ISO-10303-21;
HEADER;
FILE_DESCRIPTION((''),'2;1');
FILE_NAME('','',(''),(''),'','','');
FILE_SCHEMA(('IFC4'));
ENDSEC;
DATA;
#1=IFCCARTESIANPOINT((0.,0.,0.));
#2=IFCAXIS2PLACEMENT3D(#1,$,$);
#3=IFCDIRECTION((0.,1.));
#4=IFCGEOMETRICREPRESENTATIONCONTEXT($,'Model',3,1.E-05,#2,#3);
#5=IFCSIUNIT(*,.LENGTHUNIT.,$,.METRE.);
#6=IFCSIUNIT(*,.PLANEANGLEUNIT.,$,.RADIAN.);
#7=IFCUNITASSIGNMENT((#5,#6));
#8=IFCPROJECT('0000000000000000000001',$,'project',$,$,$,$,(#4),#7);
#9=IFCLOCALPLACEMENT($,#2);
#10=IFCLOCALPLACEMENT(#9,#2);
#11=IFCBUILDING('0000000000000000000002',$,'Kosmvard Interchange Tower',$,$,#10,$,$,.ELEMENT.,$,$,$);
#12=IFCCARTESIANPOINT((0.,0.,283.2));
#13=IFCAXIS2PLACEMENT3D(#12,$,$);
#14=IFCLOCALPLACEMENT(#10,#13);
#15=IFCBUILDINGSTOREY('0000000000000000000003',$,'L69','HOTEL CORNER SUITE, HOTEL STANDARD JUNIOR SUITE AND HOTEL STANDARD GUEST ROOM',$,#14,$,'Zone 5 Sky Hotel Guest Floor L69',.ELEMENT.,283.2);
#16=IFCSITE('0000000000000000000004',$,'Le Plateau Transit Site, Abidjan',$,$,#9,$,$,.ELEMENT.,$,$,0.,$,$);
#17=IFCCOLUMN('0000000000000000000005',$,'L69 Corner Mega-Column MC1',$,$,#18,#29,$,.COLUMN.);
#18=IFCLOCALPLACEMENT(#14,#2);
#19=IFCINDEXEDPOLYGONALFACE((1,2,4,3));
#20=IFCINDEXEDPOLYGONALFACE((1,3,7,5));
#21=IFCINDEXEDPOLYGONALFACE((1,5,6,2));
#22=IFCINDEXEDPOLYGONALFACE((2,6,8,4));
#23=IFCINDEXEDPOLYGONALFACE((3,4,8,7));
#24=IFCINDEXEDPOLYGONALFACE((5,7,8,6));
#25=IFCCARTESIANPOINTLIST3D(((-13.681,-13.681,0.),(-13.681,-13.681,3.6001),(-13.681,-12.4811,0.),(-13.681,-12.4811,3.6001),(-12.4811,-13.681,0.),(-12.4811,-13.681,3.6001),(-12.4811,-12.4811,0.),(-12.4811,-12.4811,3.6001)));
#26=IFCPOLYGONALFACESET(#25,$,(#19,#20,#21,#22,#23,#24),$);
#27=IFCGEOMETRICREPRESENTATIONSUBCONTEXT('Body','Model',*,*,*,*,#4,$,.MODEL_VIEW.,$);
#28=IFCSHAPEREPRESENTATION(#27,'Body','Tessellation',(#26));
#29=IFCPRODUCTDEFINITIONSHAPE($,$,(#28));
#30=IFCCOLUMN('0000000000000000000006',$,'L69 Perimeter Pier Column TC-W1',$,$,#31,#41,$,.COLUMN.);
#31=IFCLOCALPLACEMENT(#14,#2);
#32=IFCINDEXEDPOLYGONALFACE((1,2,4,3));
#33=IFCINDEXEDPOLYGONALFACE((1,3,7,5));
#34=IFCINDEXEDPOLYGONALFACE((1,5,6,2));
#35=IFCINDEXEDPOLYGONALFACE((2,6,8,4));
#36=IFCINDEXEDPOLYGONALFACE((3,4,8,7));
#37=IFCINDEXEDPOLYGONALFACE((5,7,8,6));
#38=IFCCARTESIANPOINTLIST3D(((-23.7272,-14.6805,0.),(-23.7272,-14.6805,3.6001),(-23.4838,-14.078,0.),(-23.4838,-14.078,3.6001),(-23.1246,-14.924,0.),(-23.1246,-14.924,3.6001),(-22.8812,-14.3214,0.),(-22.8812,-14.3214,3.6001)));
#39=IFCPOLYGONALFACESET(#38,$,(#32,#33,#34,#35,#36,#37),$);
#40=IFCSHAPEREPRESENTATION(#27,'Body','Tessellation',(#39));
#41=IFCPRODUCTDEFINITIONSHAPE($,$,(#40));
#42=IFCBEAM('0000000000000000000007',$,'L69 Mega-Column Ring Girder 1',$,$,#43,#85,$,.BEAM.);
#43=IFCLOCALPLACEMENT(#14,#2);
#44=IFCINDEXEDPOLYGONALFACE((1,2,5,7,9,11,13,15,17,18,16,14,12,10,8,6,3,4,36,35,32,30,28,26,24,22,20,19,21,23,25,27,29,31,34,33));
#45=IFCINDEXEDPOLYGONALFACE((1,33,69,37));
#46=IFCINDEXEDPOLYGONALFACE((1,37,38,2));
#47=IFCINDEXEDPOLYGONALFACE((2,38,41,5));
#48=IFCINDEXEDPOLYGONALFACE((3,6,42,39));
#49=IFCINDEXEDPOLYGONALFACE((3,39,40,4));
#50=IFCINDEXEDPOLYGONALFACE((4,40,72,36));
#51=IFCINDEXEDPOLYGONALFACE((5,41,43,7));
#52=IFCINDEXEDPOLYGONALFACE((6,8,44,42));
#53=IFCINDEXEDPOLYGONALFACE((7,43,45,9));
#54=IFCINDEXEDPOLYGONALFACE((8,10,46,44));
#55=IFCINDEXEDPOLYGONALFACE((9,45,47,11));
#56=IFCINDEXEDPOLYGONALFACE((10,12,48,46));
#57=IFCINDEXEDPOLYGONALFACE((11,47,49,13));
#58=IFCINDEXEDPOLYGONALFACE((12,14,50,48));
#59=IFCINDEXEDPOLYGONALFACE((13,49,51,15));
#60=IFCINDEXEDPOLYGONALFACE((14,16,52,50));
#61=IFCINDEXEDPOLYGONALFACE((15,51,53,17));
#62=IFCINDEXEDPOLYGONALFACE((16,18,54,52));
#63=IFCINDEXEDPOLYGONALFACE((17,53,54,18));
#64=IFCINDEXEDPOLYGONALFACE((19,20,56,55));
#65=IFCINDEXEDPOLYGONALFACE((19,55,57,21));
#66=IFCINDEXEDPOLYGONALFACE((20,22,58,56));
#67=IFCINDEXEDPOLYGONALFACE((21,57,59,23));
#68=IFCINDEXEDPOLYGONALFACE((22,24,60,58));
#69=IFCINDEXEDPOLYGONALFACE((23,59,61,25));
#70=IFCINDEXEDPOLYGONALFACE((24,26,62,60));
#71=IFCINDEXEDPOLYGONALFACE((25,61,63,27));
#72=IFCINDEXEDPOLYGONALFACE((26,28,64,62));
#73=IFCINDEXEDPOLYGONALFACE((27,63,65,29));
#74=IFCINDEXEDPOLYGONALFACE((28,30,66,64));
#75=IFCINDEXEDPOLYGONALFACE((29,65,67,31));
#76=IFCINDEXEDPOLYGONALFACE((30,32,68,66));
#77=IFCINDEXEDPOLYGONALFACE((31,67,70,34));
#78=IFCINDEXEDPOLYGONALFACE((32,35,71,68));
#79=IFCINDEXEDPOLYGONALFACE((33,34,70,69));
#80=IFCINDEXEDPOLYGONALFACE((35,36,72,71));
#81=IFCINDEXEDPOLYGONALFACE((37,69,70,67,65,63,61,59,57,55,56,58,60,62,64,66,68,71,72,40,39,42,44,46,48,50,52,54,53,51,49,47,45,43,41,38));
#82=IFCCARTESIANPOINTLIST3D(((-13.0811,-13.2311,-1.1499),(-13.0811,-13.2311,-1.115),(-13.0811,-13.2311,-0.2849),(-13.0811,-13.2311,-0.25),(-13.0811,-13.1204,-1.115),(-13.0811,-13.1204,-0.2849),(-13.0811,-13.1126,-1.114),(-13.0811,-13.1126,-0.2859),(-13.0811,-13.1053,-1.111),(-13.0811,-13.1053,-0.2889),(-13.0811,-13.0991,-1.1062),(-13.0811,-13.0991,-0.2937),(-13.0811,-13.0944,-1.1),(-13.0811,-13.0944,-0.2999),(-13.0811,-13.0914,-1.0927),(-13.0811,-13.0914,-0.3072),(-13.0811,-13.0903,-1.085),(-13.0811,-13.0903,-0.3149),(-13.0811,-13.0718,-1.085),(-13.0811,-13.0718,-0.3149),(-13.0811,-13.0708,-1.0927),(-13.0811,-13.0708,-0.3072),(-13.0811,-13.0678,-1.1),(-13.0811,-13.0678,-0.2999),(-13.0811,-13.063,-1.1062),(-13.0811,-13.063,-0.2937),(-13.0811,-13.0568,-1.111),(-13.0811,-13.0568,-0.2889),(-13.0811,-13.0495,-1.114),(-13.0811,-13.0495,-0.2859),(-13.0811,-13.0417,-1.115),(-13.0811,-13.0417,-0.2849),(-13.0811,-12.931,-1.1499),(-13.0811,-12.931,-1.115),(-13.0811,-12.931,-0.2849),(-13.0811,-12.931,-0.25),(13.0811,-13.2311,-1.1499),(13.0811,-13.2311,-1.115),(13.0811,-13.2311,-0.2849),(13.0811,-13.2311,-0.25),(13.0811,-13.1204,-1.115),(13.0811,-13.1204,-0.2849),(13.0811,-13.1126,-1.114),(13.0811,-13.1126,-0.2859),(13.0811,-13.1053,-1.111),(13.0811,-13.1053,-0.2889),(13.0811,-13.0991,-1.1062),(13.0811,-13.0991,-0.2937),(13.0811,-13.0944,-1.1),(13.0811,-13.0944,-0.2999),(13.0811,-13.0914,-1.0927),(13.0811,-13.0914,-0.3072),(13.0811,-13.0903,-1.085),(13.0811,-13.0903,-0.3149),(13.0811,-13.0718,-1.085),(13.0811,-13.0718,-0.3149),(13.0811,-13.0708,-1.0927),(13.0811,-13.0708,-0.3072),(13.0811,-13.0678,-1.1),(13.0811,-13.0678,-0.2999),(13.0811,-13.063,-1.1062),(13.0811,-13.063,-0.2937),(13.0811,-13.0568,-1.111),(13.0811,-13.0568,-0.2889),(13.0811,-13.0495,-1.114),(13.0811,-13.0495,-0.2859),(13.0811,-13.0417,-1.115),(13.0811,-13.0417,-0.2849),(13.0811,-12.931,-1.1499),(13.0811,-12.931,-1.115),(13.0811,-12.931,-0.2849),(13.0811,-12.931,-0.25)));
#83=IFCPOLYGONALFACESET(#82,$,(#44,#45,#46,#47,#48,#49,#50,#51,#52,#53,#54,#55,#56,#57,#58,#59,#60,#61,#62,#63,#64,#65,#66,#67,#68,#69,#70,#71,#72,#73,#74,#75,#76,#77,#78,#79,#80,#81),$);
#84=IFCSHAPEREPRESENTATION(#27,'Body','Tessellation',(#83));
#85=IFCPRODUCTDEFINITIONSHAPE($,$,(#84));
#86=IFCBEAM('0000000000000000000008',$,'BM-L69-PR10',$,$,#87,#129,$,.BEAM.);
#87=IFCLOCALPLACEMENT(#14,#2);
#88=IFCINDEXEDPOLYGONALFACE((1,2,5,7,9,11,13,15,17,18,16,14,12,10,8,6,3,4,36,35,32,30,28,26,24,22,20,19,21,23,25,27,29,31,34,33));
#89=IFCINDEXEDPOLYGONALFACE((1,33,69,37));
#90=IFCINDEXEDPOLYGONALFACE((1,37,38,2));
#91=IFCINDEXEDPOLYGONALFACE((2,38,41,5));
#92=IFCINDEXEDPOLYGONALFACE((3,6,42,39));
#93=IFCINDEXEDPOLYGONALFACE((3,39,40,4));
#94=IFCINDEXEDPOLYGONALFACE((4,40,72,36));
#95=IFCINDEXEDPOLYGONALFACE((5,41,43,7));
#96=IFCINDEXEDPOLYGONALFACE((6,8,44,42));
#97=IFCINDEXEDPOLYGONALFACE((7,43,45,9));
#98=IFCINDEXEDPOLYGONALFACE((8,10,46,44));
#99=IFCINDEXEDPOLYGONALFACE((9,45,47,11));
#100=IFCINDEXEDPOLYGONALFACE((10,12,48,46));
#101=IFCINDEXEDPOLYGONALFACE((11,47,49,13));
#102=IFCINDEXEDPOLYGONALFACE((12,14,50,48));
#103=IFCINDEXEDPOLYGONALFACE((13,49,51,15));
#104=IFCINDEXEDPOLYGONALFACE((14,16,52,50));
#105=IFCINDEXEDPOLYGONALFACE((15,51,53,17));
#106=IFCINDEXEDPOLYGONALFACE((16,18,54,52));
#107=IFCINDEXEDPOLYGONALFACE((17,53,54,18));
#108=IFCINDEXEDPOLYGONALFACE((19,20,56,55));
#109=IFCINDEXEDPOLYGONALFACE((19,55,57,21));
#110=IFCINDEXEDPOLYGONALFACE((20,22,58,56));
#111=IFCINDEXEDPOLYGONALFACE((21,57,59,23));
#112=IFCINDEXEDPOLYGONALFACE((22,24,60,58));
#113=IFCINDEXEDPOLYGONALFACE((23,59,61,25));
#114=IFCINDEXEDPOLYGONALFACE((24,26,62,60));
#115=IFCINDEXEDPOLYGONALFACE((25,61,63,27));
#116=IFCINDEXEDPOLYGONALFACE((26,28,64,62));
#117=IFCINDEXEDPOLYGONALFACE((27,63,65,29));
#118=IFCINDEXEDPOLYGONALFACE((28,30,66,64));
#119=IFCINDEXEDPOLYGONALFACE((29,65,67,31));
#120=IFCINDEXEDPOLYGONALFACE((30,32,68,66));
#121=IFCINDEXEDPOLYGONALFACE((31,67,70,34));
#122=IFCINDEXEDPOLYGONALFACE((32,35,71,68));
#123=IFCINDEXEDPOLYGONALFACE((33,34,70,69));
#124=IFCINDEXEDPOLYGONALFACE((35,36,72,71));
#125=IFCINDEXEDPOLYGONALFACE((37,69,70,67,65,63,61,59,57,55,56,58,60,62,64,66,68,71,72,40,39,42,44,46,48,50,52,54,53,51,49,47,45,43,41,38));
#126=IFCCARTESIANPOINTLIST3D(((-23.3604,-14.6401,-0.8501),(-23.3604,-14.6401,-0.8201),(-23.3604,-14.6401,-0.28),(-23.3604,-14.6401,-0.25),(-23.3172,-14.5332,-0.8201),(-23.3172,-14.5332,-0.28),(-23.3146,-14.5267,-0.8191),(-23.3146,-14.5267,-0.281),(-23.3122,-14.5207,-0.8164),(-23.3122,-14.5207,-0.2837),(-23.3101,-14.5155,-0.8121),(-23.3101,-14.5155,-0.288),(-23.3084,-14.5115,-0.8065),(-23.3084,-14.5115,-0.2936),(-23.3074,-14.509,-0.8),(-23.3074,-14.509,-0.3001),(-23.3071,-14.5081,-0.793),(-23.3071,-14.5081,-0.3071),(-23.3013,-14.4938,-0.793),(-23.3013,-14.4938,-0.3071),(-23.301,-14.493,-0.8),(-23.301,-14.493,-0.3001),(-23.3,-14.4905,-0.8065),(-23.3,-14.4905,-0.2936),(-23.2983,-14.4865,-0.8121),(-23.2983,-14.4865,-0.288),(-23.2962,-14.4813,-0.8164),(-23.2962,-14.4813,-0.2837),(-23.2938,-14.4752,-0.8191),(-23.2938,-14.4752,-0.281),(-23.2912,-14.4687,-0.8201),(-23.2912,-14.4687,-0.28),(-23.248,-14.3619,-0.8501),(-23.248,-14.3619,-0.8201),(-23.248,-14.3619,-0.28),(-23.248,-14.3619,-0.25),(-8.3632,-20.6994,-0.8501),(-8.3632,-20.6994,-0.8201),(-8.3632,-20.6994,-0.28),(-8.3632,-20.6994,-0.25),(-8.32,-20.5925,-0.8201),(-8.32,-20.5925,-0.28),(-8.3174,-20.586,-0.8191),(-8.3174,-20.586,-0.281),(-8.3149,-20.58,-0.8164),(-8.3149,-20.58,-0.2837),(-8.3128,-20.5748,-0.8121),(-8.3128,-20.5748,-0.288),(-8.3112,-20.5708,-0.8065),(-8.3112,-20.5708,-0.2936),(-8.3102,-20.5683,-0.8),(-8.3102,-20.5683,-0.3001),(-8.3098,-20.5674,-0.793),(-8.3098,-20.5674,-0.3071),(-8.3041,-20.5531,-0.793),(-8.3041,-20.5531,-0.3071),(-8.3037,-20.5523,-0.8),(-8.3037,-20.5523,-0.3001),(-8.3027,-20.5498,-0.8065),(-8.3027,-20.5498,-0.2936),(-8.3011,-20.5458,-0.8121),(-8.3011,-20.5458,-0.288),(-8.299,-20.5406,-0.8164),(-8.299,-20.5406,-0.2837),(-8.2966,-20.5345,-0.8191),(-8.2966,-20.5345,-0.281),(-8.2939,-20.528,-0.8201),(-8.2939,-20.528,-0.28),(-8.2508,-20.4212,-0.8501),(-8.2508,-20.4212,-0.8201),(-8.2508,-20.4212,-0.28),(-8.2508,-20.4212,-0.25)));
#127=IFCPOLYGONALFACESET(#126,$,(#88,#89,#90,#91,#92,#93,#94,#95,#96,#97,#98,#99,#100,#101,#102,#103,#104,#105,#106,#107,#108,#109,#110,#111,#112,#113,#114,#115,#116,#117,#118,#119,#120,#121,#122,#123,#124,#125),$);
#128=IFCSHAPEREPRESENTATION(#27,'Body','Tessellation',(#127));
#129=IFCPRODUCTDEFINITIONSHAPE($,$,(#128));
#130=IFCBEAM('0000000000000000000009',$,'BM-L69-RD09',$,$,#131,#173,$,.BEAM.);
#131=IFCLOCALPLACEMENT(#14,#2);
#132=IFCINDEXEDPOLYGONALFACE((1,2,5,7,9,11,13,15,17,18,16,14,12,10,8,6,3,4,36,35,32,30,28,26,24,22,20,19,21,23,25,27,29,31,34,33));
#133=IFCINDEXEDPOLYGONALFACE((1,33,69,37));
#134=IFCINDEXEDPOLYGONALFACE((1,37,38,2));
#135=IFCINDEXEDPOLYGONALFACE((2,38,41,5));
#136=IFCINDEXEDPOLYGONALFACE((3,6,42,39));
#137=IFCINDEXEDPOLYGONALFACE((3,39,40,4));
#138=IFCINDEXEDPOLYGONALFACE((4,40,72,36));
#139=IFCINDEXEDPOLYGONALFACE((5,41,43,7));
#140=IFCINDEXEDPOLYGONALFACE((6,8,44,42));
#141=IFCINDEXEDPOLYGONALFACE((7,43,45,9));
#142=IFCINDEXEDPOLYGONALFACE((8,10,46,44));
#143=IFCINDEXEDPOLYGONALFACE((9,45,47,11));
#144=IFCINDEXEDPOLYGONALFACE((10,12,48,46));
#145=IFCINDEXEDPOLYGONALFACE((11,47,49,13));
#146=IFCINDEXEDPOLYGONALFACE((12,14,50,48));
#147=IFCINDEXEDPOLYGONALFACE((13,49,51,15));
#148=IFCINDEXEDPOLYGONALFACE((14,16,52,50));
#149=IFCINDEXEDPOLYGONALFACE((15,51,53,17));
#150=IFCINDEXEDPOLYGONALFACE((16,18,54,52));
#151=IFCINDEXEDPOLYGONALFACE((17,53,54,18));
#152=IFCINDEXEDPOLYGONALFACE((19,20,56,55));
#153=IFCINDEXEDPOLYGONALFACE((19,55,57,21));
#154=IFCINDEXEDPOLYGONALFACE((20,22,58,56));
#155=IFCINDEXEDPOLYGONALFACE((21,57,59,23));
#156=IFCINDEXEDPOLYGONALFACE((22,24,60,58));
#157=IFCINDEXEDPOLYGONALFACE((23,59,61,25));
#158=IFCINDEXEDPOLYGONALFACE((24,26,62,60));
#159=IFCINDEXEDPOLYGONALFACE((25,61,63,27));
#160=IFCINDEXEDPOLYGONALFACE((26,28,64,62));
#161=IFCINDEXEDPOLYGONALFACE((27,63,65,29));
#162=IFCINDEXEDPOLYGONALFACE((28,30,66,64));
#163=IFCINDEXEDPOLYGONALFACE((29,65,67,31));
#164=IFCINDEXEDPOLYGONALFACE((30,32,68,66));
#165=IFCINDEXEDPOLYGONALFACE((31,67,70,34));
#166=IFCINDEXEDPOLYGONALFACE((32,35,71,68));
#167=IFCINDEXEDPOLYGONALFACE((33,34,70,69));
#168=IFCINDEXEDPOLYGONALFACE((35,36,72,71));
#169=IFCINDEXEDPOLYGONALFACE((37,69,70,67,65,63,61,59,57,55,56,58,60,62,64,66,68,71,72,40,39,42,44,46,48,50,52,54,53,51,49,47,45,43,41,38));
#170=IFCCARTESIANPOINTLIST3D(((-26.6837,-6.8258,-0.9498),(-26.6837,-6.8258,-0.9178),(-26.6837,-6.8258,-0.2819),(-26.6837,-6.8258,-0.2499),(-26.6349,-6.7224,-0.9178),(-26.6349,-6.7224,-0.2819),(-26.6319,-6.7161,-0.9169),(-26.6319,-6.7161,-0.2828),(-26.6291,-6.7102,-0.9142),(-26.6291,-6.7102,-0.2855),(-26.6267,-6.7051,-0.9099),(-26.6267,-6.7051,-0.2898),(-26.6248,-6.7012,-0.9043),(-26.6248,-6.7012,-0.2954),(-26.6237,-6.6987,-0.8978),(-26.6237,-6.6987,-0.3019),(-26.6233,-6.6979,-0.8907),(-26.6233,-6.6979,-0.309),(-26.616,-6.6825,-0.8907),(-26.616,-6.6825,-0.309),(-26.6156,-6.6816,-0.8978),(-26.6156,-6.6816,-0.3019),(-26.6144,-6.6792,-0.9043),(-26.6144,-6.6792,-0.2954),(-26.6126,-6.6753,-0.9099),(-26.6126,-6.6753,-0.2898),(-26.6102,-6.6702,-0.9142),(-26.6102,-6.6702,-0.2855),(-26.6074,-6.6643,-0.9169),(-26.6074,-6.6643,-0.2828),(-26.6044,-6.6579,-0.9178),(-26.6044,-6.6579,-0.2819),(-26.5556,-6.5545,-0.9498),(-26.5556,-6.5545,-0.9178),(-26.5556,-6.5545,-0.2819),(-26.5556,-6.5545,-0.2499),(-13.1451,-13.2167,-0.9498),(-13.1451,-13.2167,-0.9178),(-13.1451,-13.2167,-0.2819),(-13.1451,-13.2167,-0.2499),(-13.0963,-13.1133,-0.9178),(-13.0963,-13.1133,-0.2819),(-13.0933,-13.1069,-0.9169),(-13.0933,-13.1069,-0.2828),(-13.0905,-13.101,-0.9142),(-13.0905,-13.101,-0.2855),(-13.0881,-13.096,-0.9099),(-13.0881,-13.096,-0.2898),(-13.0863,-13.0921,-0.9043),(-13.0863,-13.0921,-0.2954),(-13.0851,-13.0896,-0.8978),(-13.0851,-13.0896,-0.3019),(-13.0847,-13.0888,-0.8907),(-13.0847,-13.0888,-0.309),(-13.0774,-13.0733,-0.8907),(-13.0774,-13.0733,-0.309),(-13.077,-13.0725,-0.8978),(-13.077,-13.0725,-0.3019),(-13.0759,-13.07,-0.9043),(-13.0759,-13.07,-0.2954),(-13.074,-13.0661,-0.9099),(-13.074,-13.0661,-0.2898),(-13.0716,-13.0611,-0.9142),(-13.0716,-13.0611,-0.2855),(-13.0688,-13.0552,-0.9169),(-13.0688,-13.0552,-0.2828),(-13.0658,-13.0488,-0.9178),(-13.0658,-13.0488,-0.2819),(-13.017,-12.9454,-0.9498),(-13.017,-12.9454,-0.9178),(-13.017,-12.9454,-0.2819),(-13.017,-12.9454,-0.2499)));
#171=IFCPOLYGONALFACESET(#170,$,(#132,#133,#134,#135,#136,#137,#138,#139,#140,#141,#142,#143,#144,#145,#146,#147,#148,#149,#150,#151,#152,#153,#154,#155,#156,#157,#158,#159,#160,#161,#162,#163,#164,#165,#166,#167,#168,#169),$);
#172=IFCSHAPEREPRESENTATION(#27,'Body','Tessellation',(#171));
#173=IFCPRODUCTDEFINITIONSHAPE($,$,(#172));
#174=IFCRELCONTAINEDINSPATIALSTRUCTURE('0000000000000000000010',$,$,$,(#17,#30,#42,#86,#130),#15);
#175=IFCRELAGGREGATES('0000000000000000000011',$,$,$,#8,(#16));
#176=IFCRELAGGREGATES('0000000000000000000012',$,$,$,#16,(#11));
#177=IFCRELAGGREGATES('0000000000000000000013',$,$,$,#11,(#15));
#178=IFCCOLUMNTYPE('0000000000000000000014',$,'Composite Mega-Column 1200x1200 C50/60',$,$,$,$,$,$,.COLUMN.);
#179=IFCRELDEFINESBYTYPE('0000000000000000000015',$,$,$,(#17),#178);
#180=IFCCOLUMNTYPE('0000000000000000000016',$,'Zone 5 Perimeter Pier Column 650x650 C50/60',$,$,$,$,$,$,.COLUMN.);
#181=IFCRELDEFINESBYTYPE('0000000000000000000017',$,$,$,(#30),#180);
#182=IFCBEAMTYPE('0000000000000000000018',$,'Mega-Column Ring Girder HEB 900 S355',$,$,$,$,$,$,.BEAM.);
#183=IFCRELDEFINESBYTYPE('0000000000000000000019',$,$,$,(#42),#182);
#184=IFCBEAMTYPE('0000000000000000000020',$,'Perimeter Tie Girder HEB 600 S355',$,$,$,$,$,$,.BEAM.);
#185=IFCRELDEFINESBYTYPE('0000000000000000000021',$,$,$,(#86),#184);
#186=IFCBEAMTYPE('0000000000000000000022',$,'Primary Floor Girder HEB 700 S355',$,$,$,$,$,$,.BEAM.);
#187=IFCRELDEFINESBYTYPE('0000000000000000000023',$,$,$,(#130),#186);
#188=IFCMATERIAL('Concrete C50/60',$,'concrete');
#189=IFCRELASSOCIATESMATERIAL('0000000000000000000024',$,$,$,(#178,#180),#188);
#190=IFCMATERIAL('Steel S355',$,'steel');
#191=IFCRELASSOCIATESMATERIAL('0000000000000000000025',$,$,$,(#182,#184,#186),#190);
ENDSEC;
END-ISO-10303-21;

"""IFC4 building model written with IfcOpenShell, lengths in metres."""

from ifc_helpers import new_model, si_unit, direction, frame, origin, origin_2d, place, context, subcontext, project, spatial, rectangle, i_section, extrude, source, transform, mapped, material, material_profile, profile_set, type_object, element, save


model = new_model("IFC4")

# Units and contexts
model_context = context("Model", 3, precision=1e-05, world=origin(), true_north=direction((0.0, 1.0)))
body_context = subcontext(model_context, "Body", "Model", "MODEL_VIEW")
ifc_project = project(units=[si_unit("LENGTHUNIT", "METRE"), si_unit("PLANEANGLEUNIT", "RADIAN")], contexts=[model_context])

# Site, building, storey
site_placement = place(None, origin())
site = spatial("IfcSite", under=ifc_project, at=site_placement, Name="Le Plateau Transit Site, Abidjan", CompositionType="ELEMENT", RefElevation=0.0)
building_placement = place(site_placement, origin())
building = spatial("IfcBuilding", under=site, at=building_placement, Name="Kosmvard Interchange Tower", CompositionType="ELEMENT")
storey_placement = place(building_placement, frame((0.0, 0.0, 283.2)))
storey = spatial("IfcBuildingStorey", under=building, at=storey_placement, Name="L69", Description="HOTEL CORNER SUITE, HOTEL STANDARD JUNIOR SUITE AND HOTEL STANDARD GUEST ROOM", LongName="Zone 5 Sky Hotel Guest Floor L69", CompositionType="ELEMENT", Elevation=283.2)

# Columns
ifc_material_1 = material(Name="Concrete C50/60", Category="concrete")
ifc_material_profile_1 = material_profile(ifc_material_1, rectangle(XDim=1.2, YDim=1.2, at=origin_2d()), Name="MC 1200x1200")
ifc_profile_set_1 = profile_set([ifc_material_profile_1], Name="Concrete C50/60")
column_type_1 = type_object("IfcColumnType", Name="Composite Mega-Column 1200x1200 C50/60", PredefinedType="COLUMN", material=ifc_profile_set_1)
shared_shape_1 = source(origin(), body_context, "Body", "SweptSolid", [
    extrude(rectangle(XDim=1.2, YDim=1.2, at=origin_2d()), origin(), (0.0, 0.0, 1.0), 3.6001),
])
column_1_placement = place(storey_placement, frame((-13.0811, -13.0811, 0.0), z_axis=(0.0, 0.0, 1.0), x_axis=(1.0, 0.0, 0.0)))
element("IfcColumn", 1, at=column_1_placement, inside=storey, type_object=column_type_1, Name="L69 Corner Mega-Column MC1", PredefinedType="COLUMN", context=body_context, shape_type="MappedRepresentation", body=[
    mapped(shared_shape_1, transform((0.0, 0.0, 0.0), scale=1.0)),
])
ifc_material_profile_2 = material_profile(ifc_material_1, rectangle(XDim=0.6499, YDim=0.6499, at=origin_2d()), Name="TC 650x650")
ifc_profile_set_2 = profile_set([ifc_material_profile_2], Name="Concrete C50/60")
column_type_2 = type_object("IfcColumnType", Name="Zone 5 Perimeter Pier Column 650x650 C50/60", PredefinedType="COLUMN", material=ifc_profile_set_2)
shared_shape_2 = source(origin(), body_context, "Body", "SweptSolid", [
    extrude(rectangle(XDim=0.6499, YDim=0.6499, at=origin_2d()), origin(), (0.0, 0.0, 1.0), 3.6001),
])
column_2_placement = place(storey_placement, frame((-23.3042, -14.501, 0.0), z_axis=(0.0, 0.0, 1.0), x_axis=(0.374607, 0.927184, 0.0)))
element("IfcColumn", 2, at=column_2_placement, inside=storey, type_object=column_type_2, Name="L69 Perimeter Pier Column TC-W1", PredefinedType="COLUMN", context=body_context, shape_type="MappedRepresentation", body=[
    mapped(shared_shape_2, transform((0.0, 0.0, 0.0), scale=1.0)),
])

# Beams
ifc_material_2 = material(Name="Steel S355", Category="steel")
ifc_material_profile_3 = material_profile(ifc_material_2, i_section(OverallWidth=0.3, OverallDepth=0.8999, WebThickness=0.0186, FlangeThickness=0.0349, FilletRadius=0.03, at=origin_2d()), Name="HEB 900")
ifc_profile_set_3 = profile_set([ifc_material_profile_3], Name="Steel S355")
beam_type_1 = type_object("IfcBeamType", Name="Mega-Column Ring Girder HEB 900 S355", PredefinedType="BEAM", material=ifc_profile_set_3)
shared_shape_3 = source(origin(), body_context, "Body", "SweptSolid", [
    extrude(i_section(OverallWidth=0.3, OverallDepth=0.8999, WebThickness=0.0186, FlangeThickness=0.0349, FilletRadius=0.03, at=origin_2d()), origin(), (0.0, 0.0, 1.0), 26.1621),
])
beam_1_placement = place(storey_placement, frame((-13.0811, -13.0811, -0.7), z_axis=(1.0, 0.0, 0.0), x_axis=(0.0, 1.0, 0.0)))
element("IfcBeam", 3, at=beam_1_placement, inside=storey, type_object=beam_type_1, Name="L69 Mega-Column Ring Girder 1", PredefinedType="BEAM", context=body_context, shape_type="MappedRepresentation", body=[
    mapped(shared_shape_3, transform((0.0, 0.0, 0.0), scale=1.0)),
])
ifc_material_profile_4 = material_profile(ifc_material_2, i_section(OverallWidth=0.3, OverallDepth=0.6001, WebThickness=0.0154, FlangeThickness=0.03, FilletRadius=0.0271, at=origin_2d()), Name="HEB 600")
ifc_profile_set_4 = profile_set([ifc_material_profile_4], Name="Steel S355")
beam_type_2 = type_object("IfcBeamType", Name="Perimeter Tie Girder HEB 600 S355", PredefinedType="BEAM", material=ifc_profile_set_4)
shared_shape_4 = source(origin(), body_context, "Body", "SweptSolid", [
    extrude(i_section(OverallWidth=0.3, OverallDepth=0.6001, WebThickness=0.0154, FlangeThickness=0.03, FilletRadius=0.0271, at=origin_2d()), origin(), (0.0, 0.0, 1.0), 16.175),
])
beam_2_placement = place(storey_placement, frame((-23.3042, -14.501, -0.55), z_axis=(0.927183, -0.374608, 0.0), x_axis=(0.374608, 0.927183, 0.0)))
element("IfcBeam", 4, at=beam_2_placement, inside=storey, type_object=beam_type_2, Name="BM-L69-PR10", PredefinedType="BEAM", context=body_context, shape_type="MappedRepresentation", body=[
    mapped(shared_shape_4, transform((0.0, 0.0, 0.0), scale=1.0)),
])
ifc_material_profile_5 = material_profile(ifc_material_2, i_section(OverallWidth=0.3, OverallDepth=0.7, WebThickness=0.0171, FlangeThickness=0.032, FilletRadius=0.0271, at=origin_2d()), Name="HEB 700")
ifc_profile_set_5 = profile_set([ifc_material_profile_5], Name="Steel S355")
beam_type_3 = type_object("IfcBeamType", Name="Primary Floor Girder HEB 700 S355", PredefinedType="BEAM", material=ifc_profile_set_5)
shared_shape_5 = source(origin(), body_context, "Body", "SweptSolid", [
    extrude(i_section(OverallWidth=0.3, OverallDepth=0.7, WebThickness=0.0171, FlangeThickness=0.032, FilletRadius=0.0271, at=origin_2d()), origin(), (0.0, 0.0, 1.0), 14.9712),
])
beam_3_placement = place(storey_placement, frame((-13.0811, -13.0811, -0.5999), z_axis=(-0.904309, 0.426878, 0.0), x_axis=(-0.426878, -0.904309, 0.0)))
element("IfcBeam", 5, at=beam_3_placement, inside=storey, type_object=beam_type_3, Name="BM-L69-RD09", PredefinedType="BEAM", context=body_context, shape_type="MappedRepresentation", body=[
    mapped(shared_shape_5, transform((0.0, 0.0, 0.0), scale=1.0)),
])

save(model, "model.ifc")
